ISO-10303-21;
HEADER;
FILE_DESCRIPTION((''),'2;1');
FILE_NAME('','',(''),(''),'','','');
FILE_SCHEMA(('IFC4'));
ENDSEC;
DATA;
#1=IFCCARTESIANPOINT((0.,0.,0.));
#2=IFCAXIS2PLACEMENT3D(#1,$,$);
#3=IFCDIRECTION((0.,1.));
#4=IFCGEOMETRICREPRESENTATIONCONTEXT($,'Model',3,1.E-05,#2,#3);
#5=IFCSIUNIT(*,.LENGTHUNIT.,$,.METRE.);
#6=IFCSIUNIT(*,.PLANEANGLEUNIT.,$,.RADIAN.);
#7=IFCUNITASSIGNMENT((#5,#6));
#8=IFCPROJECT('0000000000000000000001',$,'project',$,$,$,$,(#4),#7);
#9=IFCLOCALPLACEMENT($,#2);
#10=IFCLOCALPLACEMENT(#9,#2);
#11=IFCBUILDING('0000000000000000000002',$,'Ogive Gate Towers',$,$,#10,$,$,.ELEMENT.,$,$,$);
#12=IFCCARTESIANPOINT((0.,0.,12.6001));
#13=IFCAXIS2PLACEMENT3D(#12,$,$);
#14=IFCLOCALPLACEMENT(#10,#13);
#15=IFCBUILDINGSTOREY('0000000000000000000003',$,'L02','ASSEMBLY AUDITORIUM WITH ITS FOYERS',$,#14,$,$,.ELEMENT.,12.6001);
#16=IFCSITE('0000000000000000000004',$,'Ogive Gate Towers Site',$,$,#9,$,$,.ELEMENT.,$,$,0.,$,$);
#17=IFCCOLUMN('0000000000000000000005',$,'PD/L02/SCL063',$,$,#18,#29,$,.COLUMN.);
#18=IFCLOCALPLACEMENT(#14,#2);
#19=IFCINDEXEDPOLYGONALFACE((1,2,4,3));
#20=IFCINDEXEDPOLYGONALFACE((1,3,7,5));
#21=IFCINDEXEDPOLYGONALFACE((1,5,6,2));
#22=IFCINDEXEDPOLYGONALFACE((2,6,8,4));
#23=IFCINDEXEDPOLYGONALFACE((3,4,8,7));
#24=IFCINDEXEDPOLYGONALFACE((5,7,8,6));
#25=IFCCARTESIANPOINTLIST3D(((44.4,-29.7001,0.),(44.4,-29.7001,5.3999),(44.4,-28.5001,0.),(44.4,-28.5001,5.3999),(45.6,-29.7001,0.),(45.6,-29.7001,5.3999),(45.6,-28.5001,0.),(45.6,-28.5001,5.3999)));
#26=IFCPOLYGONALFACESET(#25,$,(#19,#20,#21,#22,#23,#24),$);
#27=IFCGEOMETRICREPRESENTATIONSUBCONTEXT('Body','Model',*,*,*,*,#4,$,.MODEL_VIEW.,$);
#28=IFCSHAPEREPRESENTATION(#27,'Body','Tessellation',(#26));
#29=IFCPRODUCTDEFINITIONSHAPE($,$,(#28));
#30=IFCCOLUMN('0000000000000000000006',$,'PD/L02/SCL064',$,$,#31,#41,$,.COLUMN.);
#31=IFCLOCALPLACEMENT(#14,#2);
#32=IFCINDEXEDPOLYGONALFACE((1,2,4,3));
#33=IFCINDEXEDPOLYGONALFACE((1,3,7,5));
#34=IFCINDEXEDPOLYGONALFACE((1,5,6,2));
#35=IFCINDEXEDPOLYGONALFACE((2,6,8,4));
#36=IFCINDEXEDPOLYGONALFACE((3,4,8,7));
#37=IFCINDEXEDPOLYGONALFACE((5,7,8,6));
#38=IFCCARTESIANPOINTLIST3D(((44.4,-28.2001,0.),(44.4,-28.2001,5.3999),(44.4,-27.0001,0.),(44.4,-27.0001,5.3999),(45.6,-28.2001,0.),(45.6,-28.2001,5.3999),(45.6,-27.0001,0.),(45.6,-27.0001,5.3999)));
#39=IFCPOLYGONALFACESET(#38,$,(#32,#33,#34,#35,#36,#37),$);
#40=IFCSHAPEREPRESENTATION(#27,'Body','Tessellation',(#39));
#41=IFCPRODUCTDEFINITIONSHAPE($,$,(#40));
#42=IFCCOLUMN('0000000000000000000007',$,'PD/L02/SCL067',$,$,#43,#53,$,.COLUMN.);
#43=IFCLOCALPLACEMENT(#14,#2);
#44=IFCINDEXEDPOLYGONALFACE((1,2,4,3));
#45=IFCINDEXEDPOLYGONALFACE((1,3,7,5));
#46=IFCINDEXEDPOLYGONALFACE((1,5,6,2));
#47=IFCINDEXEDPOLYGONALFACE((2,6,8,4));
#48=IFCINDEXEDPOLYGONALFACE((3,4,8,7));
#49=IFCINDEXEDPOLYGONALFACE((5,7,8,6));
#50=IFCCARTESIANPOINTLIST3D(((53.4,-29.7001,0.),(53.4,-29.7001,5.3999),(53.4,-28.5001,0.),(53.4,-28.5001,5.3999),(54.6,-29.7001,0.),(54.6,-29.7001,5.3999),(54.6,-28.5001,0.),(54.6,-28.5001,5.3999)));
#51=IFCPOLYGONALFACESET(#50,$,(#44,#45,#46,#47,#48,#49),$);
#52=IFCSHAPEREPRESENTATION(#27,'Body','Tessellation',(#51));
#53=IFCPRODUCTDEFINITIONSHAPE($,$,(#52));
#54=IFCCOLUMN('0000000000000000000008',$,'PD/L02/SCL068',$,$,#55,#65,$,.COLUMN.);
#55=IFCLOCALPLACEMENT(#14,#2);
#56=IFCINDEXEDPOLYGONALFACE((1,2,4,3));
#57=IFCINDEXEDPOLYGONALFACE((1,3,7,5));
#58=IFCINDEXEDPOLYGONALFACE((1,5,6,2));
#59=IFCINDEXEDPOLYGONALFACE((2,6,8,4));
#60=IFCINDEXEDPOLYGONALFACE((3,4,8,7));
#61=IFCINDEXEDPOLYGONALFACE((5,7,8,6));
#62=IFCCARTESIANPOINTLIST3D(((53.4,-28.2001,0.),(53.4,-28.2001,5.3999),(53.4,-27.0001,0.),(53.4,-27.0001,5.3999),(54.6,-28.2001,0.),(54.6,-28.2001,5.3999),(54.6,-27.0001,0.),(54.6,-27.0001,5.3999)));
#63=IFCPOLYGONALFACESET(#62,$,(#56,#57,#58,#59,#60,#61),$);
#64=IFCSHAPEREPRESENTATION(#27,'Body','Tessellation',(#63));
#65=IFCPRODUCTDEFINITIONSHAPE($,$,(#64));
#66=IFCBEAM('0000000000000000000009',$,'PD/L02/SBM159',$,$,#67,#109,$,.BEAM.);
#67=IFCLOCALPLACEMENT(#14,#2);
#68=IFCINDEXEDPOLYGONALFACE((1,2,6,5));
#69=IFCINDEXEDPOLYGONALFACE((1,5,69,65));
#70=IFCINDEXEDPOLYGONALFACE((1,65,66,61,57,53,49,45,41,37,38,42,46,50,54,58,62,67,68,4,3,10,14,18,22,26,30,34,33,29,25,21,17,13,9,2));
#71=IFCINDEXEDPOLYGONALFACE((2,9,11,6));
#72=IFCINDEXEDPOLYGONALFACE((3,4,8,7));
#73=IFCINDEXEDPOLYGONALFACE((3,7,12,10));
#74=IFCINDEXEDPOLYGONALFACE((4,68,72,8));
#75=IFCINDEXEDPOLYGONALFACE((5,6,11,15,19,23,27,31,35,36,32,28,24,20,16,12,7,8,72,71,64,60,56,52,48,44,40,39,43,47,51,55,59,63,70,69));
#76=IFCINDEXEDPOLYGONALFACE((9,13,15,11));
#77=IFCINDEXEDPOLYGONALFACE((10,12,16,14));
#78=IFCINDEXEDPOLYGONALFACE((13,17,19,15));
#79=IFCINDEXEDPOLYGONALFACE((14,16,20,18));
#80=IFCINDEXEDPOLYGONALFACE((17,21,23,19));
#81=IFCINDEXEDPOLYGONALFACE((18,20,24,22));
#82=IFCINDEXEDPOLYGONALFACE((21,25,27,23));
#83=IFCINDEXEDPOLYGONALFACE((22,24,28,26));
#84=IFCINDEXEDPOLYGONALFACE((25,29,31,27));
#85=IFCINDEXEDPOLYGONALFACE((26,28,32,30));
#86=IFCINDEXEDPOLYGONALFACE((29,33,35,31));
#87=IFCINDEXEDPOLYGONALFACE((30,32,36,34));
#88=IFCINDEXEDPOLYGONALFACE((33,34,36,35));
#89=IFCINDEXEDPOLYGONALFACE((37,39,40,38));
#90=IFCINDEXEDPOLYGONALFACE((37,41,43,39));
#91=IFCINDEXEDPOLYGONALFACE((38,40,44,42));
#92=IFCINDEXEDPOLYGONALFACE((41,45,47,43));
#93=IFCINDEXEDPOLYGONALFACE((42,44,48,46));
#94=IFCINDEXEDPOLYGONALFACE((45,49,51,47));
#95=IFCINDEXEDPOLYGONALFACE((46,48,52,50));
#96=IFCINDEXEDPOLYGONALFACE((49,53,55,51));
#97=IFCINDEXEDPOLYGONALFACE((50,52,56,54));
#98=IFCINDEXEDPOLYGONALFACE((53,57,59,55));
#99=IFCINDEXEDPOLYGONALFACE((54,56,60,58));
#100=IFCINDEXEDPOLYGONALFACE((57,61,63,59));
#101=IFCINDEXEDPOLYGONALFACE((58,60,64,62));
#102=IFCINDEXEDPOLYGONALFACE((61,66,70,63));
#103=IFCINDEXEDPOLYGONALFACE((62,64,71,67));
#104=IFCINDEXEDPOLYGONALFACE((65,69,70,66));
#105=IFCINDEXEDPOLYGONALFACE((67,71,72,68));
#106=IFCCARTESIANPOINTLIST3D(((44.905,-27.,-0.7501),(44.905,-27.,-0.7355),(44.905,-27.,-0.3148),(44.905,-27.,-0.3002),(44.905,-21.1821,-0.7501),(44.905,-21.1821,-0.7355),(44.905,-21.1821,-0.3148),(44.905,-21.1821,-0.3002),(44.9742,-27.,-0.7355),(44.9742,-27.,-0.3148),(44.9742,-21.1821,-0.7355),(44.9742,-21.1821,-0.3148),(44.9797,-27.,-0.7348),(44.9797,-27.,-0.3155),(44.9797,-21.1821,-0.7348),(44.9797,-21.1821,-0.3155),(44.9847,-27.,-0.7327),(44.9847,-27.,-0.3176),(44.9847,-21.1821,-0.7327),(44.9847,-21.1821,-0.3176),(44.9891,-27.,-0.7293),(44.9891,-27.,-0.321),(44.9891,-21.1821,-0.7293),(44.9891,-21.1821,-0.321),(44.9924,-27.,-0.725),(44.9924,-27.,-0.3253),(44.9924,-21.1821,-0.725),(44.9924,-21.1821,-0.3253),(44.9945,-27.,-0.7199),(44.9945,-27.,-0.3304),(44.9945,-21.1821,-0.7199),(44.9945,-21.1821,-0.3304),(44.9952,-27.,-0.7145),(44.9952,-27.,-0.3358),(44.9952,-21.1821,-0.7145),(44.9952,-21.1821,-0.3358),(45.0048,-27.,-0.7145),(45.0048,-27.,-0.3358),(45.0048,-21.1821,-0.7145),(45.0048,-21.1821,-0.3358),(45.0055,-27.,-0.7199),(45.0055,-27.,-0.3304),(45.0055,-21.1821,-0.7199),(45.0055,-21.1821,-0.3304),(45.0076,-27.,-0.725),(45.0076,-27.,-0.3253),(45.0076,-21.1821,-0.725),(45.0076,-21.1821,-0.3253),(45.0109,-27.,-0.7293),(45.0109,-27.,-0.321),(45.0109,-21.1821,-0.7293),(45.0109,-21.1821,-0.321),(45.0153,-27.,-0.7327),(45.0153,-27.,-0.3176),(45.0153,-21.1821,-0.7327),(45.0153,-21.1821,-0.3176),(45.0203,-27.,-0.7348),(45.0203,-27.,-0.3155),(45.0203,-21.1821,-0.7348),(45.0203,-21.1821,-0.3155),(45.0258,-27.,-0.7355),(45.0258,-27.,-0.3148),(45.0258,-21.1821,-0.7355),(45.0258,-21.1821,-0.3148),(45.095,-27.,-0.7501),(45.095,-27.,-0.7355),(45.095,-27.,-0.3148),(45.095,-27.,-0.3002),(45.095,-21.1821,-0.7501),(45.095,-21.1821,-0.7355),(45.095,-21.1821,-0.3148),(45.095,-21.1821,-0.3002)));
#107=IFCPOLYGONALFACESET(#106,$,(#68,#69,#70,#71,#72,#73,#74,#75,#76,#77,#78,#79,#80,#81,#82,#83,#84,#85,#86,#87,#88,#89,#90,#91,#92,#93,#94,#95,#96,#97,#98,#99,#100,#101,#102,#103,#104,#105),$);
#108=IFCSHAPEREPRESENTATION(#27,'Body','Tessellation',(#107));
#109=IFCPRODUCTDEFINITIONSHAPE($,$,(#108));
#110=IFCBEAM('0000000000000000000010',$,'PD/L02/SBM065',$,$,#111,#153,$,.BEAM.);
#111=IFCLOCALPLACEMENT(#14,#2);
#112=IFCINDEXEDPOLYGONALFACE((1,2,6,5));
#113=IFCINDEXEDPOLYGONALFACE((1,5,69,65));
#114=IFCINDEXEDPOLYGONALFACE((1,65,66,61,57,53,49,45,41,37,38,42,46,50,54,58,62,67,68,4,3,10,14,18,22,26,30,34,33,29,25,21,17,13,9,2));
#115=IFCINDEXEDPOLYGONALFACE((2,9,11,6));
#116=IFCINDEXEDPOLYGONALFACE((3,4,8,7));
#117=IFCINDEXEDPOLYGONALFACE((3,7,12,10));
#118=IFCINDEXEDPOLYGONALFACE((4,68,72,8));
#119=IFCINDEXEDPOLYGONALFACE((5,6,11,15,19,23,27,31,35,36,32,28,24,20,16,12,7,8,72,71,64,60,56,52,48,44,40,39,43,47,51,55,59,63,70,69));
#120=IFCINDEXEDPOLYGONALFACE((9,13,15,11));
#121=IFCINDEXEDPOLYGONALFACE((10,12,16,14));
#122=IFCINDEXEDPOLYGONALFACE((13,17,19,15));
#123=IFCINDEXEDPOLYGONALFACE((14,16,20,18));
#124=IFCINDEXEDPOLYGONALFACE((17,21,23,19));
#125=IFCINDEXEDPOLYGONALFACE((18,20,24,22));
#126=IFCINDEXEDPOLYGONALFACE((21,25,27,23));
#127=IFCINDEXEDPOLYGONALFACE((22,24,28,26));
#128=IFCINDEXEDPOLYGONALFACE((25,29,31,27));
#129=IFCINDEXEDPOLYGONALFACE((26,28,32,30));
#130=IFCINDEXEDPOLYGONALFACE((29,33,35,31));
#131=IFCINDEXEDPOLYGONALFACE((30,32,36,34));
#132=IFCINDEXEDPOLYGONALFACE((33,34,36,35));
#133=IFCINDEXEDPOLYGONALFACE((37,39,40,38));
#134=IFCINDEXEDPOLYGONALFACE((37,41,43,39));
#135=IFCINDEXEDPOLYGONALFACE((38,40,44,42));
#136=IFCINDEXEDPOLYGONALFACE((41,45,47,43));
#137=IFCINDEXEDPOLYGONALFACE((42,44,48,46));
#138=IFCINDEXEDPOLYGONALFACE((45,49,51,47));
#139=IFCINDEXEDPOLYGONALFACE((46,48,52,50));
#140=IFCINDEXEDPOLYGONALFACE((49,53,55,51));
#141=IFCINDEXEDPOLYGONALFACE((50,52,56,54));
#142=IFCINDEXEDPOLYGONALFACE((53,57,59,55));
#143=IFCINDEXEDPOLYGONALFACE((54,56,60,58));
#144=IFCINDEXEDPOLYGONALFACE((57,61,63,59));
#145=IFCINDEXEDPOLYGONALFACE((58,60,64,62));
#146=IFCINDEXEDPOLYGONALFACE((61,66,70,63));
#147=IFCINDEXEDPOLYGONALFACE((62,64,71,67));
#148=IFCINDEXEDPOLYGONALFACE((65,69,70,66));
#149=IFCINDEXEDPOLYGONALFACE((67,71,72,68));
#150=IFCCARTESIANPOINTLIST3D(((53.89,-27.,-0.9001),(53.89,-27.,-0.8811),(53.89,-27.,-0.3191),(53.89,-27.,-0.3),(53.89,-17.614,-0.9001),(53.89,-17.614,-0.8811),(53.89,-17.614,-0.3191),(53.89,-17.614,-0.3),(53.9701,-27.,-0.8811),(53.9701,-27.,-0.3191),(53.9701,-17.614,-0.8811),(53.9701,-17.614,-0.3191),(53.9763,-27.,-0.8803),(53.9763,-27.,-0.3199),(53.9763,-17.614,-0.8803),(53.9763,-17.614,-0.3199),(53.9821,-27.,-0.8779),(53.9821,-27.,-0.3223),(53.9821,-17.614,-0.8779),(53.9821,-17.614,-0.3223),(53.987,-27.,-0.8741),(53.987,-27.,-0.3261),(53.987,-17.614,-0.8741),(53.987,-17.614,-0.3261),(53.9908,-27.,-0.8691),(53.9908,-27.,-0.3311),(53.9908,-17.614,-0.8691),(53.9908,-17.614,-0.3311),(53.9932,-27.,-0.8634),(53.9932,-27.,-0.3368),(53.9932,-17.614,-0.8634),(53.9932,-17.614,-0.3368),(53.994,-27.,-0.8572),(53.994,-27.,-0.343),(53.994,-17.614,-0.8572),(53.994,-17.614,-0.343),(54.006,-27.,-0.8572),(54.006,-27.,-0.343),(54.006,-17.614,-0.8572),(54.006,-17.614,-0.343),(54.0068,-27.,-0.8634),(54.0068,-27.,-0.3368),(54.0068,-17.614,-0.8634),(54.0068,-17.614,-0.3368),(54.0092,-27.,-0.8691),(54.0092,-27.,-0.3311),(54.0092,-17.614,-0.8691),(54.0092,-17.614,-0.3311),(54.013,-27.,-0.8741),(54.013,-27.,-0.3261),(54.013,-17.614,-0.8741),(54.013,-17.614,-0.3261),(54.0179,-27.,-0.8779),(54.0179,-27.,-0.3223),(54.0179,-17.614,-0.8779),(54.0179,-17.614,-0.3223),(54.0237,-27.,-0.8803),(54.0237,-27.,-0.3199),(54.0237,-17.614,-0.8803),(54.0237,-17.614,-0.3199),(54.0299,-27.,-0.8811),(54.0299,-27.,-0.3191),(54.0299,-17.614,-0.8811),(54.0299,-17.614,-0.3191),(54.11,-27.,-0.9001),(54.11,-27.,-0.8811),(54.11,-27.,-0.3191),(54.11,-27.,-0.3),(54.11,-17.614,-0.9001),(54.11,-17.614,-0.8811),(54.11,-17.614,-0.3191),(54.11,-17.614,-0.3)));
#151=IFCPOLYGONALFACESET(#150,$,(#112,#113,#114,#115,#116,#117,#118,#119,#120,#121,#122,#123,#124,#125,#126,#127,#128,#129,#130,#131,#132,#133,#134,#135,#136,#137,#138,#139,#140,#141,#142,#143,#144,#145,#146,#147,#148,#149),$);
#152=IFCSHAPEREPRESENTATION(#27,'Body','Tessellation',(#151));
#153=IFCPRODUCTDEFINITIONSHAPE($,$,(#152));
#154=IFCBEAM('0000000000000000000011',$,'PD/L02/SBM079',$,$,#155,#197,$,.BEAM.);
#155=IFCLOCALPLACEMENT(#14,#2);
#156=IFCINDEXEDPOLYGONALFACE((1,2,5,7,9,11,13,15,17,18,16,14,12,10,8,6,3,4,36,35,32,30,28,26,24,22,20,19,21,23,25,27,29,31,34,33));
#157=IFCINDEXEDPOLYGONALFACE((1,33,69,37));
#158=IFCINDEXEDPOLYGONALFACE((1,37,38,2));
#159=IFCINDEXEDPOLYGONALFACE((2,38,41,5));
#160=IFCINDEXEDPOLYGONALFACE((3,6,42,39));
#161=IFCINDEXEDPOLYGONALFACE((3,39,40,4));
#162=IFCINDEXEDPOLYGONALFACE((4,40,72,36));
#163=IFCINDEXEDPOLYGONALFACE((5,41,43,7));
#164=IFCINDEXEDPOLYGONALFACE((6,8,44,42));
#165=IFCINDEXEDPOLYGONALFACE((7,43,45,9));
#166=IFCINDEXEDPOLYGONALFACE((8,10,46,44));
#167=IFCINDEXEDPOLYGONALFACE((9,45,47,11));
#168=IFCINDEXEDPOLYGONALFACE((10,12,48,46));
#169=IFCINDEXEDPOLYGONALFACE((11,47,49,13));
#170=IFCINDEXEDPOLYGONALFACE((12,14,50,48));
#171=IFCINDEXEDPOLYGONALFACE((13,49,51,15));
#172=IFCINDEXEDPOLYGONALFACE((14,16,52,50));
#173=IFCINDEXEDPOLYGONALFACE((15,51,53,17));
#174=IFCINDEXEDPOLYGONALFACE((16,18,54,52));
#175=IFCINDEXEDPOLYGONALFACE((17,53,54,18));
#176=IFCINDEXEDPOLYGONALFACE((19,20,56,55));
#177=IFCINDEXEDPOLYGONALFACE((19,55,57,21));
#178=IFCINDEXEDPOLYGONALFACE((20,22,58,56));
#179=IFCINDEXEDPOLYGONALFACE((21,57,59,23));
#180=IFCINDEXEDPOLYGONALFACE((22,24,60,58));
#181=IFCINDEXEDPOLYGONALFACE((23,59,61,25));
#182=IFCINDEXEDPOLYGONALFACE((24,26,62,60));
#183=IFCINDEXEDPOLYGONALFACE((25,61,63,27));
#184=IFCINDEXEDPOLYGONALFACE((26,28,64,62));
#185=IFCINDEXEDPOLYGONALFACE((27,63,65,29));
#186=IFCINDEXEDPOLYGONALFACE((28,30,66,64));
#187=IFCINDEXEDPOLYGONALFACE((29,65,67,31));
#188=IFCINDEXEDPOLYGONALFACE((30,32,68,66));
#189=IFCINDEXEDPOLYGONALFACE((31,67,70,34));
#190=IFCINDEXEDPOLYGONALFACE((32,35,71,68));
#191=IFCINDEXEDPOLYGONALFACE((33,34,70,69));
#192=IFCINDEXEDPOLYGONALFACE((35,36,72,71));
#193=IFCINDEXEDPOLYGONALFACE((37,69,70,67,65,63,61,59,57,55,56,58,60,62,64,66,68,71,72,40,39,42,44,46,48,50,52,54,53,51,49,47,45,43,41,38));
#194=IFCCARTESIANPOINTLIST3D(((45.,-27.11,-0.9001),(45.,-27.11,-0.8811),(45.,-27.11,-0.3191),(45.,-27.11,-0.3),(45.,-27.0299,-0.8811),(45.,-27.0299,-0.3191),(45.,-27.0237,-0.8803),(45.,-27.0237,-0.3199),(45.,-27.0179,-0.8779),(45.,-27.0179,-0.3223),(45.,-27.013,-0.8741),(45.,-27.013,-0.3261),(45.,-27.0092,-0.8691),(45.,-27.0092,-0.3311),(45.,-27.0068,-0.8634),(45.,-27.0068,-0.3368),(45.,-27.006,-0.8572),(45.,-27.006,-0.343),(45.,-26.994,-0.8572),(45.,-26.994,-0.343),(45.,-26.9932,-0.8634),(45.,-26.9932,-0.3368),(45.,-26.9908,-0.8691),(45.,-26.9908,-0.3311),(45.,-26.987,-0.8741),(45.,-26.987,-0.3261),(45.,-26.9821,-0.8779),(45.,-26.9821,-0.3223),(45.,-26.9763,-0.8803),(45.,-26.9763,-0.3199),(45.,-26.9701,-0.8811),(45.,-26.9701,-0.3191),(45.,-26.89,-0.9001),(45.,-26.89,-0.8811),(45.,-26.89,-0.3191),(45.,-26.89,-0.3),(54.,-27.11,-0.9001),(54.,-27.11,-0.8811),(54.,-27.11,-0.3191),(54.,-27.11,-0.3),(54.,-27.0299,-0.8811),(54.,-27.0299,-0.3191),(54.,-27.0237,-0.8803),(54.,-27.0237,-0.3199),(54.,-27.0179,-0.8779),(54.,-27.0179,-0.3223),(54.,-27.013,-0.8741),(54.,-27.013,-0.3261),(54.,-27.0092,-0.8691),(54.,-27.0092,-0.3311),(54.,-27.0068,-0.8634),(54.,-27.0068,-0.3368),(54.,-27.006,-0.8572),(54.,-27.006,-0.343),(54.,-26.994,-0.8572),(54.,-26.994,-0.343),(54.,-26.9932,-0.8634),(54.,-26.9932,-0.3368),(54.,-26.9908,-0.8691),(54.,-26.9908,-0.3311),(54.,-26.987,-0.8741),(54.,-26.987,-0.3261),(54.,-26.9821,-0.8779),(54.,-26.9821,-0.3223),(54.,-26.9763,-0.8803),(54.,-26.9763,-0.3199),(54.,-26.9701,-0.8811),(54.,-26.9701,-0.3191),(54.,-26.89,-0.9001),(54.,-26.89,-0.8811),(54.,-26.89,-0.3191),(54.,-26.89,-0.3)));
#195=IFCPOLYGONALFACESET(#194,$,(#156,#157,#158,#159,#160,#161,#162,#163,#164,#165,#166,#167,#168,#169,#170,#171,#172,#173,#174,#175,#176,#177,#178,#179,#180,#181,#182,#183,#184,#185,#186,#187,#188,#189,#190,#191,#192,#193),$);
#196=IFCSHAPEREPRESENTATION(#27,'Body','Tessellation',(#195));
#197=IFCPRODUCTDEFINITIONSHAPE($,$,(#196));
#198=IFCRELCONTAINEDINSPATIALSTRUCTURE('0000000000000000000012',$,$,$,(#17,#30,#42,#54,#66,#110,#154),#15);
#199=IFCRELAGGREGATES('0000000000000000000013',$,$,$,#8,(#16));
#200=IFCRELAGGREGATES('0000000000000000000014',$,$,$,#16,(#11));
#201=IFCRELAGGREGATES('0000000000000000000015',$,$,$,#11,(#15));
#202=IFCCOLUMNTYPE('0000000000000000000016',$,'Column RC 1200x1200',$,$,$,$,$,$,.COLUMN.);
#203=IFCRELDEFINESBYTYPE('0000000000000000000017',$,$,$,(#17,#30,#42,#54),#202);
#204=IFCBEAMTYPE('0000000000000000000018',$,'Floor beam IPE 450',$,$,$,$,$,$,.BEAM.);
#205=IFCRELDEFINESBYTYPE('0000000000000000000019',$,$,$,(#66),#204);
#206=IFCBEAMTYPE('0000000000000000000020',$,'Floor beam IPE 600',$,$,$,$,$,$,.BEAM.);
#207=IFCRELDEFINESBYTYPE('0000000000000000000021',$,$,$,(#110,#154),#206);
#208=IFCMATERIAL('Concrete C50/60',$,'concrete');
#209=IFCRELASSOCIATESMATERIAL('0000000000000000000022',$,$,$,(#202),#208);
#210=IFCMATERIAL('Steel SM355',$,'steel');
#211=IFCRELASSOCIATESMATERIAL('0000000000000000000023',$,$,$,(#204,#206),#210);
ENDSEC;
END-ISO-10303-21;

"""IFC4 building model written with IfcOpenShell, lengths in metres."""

from ifc_helpers import new_model, si_unit, direction, frame, origin, origin_2d, place, context, subcontext, project, spatial, rectangle, i_section, extrude, material, material_profile, profile_set, type_object, element, save


model = new_model("IFC4")

# Units and contexts
model_context = context("Model", 3, precision=1e-05, world=origin(), true_north=direction((0.0, 1.0)))
body_context = subcontext(model_context, "Body", "Model", "MODEL_VIEW")
ifc_project = project(units=[si_unit("LENGTHUNIT", "METRE"), si_unit("PLANEANGLEUNIT", "RADIAN")], contexts=[model_context])

# Site, building, storey
site_placement = place(None, origin())
site = spatial("IfcSite", under=ifc_project, at=site_placement, Name="Ogive Gate Towers Site", CompositionType="ELEMENT", RefElevation=0.0)
building_placement = place(site_placement, origin())
building = spatial("IfcBuilding", under=site, at=building_placement, Name="Ogive Gate Towers", CompositionType="ELEMENT")
storey_placement = place(building_placement, frame((0.0, 0.0, 12.6001)))
storey = spatial("IfcBuildingStorey", under=building, at=storey_placement, Name="L02", Description="ASSEMBLY AUDITORIUM WITH ITS FOYERS", CompositionType="ELEMENT", Elevation=12.6001)

# Columns
ifc_material_1 = material(Name="Concrete C50/60", Category="concrete")
ifc_material_profile_1 = material_profile(ifc_material_1, rectangle(XDim=1.2, YDim=1.2, at=origin_2d()), Name="RC 1200x1200")
ifc_profile_set_1 = profile_set([ifc_material_profile_1], Name="Concrete C50/60")
column_type = type_object("IfcColumnType", Name="Column RC 1200x1200", PredefinedType="COLUMN", material=ifc_profile_set_1)
for number, where, z_axis, x_axis, name in (
    (1, (45.0, -29.1001, 0.0), (0.0, 0.0, 1.0), (1.0, 0.0, 0.0), "PD/L02/SCL063"),
    (2, (45.0, -27.6001, 0.0), (0.0, 0.0, 1.0), (1.0, 0.0, 0.0), "PD/L02/SCL064"),
    (3, (54.0, -29.1001, 0.0), (0.0, 0.0, 1.0), (1.0, 0.0, 0.0), "PD/L02/SCL067"),
    (4, (54.0, -27.6001, 0.0), (0.0, 0.0, 1.0), (1.0, 0.0, 0.0), "PD/L02/SCL068"),
):
    element("IfcColumn", number, at=place(storey_placement, frame(where, z_axis=z_axis, x_axis=x_axis)), inside=storey, type_object=column_type, Name=name, PredefinedType="COLUMN", context=body_context, shape_type="SweptSolid", body=[
        extrude(rectangle(XDim=1.2, YDim=1.2, at=origin_2d()), origin(), (0.0, 0.0, 1.0), 5.3999),
    ])

# Beams
ifc_material_2 = material(Name="Steel SM355", Category="steel")
ifc_material_profile_2 = material_profile(ifc_material_2, i_section(OverallWidth=0.1899, OverallDepth=0.45, WebThickness=0.0095, FlangeThickness=0.0146, FilletRadius=0.021, at=origin_2d()), Name="IPE 450")
ifc_profile_set_2 = profile_set([ifc_material_profile_2], Name="Steel SM355")
beam_type_1 = type_object("IfcBeamType", Name="Floor beam IPE 450", PredefinedType="BEAM", material=ifc_profile_set_2)
beam_1_placement = place(storey_placement, frame((45.0, -27.0, -0.5251), z_axis=(0.0, 1.0, 0.0), x_axis=(-1.0, 0.0, 0.0)))
element("IfcBeam", 5, at=beam_1_placement, inside=storey, type_object=beam_type_1, Name="PD/L02/SBM159", PredefinedType="BEAM", context=body_context, shape_type="SweptSolid", body=[
    extrude(i_section(OverallWidth=0.1899, OverallDepth=0.45, WebThickness=0.0095, FlangeThickness=0.0146, FilletRadius=0.021, at=origin_2d()), origin(), (0.0, 0.0, 1.0), 5.8179),
])
ifc_material_profile_3 = material_profile(ifc_material_2, i_section(OverallWidth=0.22, OverallDepth=0.6001, WebThickness=0.012, FlangeThickness=0.019, FilletRadius=0.0239, at=origin_2d()), Name="IPE 600")
ifc_profile_set_3 = profile_set([ifc_material_profile_3], Name="Steel SM355")
beam_type_2 = type_object("IfcBeamType", Name="Floor beam IPE 600", PredefinedType="BEAM", material=ifc_profile_set_3)
beam_2_placement = place(storey_placement, frame((54.0, -27.0, -0.6001), z_axis=(0.0, 1.0, 0.0), x_axis=(-1.0, 0.0, 0.0)))
element("IfcBeam", 6, at=beam_2_placement, inside=storey, type_object=beam_type_2, Name="PD/L02/SBM065", PredefinedType="BEAM", context=body_context, shape_type="SweptSolid", body=[
    extrude(i_section(OverallWidth=0.22, OverallDepth=0.6001, WebThickness=0.012, FlangeThickness=0.019, FilletRadius=0.0239, at=origin_2d()), origin(), (0.0, 0.0, 1.0), 9.386),
])
for number, where, z_axis, x_axis, name in (
    (7, (45.0, -27.0, -0.6001), (1.0, 0.0, 0.0), (0.0, 1.0, 0.0), "PD/L02/SBM079"),
):
    element("IfcBeam", number, at=place(storey_placement, frame(where, z_axis=z_axis, x_axis=x_axis)), inside=storey, type_object=beam_type_2, Name=name, PredefinedType="BEAM", context=body_context, shape_type="SweptSolid", body=[
        extrude(i_section(OverallWidth=0.22, OverallDepth=0.6001, WebThickness=0.012, FlangeThickness=0.019, FilletRadius=0.0239, at=origin_2d()), origin(), (0.0, 0.0, 1.0), 9.0),
    ])

save(model, "model.ifc")
